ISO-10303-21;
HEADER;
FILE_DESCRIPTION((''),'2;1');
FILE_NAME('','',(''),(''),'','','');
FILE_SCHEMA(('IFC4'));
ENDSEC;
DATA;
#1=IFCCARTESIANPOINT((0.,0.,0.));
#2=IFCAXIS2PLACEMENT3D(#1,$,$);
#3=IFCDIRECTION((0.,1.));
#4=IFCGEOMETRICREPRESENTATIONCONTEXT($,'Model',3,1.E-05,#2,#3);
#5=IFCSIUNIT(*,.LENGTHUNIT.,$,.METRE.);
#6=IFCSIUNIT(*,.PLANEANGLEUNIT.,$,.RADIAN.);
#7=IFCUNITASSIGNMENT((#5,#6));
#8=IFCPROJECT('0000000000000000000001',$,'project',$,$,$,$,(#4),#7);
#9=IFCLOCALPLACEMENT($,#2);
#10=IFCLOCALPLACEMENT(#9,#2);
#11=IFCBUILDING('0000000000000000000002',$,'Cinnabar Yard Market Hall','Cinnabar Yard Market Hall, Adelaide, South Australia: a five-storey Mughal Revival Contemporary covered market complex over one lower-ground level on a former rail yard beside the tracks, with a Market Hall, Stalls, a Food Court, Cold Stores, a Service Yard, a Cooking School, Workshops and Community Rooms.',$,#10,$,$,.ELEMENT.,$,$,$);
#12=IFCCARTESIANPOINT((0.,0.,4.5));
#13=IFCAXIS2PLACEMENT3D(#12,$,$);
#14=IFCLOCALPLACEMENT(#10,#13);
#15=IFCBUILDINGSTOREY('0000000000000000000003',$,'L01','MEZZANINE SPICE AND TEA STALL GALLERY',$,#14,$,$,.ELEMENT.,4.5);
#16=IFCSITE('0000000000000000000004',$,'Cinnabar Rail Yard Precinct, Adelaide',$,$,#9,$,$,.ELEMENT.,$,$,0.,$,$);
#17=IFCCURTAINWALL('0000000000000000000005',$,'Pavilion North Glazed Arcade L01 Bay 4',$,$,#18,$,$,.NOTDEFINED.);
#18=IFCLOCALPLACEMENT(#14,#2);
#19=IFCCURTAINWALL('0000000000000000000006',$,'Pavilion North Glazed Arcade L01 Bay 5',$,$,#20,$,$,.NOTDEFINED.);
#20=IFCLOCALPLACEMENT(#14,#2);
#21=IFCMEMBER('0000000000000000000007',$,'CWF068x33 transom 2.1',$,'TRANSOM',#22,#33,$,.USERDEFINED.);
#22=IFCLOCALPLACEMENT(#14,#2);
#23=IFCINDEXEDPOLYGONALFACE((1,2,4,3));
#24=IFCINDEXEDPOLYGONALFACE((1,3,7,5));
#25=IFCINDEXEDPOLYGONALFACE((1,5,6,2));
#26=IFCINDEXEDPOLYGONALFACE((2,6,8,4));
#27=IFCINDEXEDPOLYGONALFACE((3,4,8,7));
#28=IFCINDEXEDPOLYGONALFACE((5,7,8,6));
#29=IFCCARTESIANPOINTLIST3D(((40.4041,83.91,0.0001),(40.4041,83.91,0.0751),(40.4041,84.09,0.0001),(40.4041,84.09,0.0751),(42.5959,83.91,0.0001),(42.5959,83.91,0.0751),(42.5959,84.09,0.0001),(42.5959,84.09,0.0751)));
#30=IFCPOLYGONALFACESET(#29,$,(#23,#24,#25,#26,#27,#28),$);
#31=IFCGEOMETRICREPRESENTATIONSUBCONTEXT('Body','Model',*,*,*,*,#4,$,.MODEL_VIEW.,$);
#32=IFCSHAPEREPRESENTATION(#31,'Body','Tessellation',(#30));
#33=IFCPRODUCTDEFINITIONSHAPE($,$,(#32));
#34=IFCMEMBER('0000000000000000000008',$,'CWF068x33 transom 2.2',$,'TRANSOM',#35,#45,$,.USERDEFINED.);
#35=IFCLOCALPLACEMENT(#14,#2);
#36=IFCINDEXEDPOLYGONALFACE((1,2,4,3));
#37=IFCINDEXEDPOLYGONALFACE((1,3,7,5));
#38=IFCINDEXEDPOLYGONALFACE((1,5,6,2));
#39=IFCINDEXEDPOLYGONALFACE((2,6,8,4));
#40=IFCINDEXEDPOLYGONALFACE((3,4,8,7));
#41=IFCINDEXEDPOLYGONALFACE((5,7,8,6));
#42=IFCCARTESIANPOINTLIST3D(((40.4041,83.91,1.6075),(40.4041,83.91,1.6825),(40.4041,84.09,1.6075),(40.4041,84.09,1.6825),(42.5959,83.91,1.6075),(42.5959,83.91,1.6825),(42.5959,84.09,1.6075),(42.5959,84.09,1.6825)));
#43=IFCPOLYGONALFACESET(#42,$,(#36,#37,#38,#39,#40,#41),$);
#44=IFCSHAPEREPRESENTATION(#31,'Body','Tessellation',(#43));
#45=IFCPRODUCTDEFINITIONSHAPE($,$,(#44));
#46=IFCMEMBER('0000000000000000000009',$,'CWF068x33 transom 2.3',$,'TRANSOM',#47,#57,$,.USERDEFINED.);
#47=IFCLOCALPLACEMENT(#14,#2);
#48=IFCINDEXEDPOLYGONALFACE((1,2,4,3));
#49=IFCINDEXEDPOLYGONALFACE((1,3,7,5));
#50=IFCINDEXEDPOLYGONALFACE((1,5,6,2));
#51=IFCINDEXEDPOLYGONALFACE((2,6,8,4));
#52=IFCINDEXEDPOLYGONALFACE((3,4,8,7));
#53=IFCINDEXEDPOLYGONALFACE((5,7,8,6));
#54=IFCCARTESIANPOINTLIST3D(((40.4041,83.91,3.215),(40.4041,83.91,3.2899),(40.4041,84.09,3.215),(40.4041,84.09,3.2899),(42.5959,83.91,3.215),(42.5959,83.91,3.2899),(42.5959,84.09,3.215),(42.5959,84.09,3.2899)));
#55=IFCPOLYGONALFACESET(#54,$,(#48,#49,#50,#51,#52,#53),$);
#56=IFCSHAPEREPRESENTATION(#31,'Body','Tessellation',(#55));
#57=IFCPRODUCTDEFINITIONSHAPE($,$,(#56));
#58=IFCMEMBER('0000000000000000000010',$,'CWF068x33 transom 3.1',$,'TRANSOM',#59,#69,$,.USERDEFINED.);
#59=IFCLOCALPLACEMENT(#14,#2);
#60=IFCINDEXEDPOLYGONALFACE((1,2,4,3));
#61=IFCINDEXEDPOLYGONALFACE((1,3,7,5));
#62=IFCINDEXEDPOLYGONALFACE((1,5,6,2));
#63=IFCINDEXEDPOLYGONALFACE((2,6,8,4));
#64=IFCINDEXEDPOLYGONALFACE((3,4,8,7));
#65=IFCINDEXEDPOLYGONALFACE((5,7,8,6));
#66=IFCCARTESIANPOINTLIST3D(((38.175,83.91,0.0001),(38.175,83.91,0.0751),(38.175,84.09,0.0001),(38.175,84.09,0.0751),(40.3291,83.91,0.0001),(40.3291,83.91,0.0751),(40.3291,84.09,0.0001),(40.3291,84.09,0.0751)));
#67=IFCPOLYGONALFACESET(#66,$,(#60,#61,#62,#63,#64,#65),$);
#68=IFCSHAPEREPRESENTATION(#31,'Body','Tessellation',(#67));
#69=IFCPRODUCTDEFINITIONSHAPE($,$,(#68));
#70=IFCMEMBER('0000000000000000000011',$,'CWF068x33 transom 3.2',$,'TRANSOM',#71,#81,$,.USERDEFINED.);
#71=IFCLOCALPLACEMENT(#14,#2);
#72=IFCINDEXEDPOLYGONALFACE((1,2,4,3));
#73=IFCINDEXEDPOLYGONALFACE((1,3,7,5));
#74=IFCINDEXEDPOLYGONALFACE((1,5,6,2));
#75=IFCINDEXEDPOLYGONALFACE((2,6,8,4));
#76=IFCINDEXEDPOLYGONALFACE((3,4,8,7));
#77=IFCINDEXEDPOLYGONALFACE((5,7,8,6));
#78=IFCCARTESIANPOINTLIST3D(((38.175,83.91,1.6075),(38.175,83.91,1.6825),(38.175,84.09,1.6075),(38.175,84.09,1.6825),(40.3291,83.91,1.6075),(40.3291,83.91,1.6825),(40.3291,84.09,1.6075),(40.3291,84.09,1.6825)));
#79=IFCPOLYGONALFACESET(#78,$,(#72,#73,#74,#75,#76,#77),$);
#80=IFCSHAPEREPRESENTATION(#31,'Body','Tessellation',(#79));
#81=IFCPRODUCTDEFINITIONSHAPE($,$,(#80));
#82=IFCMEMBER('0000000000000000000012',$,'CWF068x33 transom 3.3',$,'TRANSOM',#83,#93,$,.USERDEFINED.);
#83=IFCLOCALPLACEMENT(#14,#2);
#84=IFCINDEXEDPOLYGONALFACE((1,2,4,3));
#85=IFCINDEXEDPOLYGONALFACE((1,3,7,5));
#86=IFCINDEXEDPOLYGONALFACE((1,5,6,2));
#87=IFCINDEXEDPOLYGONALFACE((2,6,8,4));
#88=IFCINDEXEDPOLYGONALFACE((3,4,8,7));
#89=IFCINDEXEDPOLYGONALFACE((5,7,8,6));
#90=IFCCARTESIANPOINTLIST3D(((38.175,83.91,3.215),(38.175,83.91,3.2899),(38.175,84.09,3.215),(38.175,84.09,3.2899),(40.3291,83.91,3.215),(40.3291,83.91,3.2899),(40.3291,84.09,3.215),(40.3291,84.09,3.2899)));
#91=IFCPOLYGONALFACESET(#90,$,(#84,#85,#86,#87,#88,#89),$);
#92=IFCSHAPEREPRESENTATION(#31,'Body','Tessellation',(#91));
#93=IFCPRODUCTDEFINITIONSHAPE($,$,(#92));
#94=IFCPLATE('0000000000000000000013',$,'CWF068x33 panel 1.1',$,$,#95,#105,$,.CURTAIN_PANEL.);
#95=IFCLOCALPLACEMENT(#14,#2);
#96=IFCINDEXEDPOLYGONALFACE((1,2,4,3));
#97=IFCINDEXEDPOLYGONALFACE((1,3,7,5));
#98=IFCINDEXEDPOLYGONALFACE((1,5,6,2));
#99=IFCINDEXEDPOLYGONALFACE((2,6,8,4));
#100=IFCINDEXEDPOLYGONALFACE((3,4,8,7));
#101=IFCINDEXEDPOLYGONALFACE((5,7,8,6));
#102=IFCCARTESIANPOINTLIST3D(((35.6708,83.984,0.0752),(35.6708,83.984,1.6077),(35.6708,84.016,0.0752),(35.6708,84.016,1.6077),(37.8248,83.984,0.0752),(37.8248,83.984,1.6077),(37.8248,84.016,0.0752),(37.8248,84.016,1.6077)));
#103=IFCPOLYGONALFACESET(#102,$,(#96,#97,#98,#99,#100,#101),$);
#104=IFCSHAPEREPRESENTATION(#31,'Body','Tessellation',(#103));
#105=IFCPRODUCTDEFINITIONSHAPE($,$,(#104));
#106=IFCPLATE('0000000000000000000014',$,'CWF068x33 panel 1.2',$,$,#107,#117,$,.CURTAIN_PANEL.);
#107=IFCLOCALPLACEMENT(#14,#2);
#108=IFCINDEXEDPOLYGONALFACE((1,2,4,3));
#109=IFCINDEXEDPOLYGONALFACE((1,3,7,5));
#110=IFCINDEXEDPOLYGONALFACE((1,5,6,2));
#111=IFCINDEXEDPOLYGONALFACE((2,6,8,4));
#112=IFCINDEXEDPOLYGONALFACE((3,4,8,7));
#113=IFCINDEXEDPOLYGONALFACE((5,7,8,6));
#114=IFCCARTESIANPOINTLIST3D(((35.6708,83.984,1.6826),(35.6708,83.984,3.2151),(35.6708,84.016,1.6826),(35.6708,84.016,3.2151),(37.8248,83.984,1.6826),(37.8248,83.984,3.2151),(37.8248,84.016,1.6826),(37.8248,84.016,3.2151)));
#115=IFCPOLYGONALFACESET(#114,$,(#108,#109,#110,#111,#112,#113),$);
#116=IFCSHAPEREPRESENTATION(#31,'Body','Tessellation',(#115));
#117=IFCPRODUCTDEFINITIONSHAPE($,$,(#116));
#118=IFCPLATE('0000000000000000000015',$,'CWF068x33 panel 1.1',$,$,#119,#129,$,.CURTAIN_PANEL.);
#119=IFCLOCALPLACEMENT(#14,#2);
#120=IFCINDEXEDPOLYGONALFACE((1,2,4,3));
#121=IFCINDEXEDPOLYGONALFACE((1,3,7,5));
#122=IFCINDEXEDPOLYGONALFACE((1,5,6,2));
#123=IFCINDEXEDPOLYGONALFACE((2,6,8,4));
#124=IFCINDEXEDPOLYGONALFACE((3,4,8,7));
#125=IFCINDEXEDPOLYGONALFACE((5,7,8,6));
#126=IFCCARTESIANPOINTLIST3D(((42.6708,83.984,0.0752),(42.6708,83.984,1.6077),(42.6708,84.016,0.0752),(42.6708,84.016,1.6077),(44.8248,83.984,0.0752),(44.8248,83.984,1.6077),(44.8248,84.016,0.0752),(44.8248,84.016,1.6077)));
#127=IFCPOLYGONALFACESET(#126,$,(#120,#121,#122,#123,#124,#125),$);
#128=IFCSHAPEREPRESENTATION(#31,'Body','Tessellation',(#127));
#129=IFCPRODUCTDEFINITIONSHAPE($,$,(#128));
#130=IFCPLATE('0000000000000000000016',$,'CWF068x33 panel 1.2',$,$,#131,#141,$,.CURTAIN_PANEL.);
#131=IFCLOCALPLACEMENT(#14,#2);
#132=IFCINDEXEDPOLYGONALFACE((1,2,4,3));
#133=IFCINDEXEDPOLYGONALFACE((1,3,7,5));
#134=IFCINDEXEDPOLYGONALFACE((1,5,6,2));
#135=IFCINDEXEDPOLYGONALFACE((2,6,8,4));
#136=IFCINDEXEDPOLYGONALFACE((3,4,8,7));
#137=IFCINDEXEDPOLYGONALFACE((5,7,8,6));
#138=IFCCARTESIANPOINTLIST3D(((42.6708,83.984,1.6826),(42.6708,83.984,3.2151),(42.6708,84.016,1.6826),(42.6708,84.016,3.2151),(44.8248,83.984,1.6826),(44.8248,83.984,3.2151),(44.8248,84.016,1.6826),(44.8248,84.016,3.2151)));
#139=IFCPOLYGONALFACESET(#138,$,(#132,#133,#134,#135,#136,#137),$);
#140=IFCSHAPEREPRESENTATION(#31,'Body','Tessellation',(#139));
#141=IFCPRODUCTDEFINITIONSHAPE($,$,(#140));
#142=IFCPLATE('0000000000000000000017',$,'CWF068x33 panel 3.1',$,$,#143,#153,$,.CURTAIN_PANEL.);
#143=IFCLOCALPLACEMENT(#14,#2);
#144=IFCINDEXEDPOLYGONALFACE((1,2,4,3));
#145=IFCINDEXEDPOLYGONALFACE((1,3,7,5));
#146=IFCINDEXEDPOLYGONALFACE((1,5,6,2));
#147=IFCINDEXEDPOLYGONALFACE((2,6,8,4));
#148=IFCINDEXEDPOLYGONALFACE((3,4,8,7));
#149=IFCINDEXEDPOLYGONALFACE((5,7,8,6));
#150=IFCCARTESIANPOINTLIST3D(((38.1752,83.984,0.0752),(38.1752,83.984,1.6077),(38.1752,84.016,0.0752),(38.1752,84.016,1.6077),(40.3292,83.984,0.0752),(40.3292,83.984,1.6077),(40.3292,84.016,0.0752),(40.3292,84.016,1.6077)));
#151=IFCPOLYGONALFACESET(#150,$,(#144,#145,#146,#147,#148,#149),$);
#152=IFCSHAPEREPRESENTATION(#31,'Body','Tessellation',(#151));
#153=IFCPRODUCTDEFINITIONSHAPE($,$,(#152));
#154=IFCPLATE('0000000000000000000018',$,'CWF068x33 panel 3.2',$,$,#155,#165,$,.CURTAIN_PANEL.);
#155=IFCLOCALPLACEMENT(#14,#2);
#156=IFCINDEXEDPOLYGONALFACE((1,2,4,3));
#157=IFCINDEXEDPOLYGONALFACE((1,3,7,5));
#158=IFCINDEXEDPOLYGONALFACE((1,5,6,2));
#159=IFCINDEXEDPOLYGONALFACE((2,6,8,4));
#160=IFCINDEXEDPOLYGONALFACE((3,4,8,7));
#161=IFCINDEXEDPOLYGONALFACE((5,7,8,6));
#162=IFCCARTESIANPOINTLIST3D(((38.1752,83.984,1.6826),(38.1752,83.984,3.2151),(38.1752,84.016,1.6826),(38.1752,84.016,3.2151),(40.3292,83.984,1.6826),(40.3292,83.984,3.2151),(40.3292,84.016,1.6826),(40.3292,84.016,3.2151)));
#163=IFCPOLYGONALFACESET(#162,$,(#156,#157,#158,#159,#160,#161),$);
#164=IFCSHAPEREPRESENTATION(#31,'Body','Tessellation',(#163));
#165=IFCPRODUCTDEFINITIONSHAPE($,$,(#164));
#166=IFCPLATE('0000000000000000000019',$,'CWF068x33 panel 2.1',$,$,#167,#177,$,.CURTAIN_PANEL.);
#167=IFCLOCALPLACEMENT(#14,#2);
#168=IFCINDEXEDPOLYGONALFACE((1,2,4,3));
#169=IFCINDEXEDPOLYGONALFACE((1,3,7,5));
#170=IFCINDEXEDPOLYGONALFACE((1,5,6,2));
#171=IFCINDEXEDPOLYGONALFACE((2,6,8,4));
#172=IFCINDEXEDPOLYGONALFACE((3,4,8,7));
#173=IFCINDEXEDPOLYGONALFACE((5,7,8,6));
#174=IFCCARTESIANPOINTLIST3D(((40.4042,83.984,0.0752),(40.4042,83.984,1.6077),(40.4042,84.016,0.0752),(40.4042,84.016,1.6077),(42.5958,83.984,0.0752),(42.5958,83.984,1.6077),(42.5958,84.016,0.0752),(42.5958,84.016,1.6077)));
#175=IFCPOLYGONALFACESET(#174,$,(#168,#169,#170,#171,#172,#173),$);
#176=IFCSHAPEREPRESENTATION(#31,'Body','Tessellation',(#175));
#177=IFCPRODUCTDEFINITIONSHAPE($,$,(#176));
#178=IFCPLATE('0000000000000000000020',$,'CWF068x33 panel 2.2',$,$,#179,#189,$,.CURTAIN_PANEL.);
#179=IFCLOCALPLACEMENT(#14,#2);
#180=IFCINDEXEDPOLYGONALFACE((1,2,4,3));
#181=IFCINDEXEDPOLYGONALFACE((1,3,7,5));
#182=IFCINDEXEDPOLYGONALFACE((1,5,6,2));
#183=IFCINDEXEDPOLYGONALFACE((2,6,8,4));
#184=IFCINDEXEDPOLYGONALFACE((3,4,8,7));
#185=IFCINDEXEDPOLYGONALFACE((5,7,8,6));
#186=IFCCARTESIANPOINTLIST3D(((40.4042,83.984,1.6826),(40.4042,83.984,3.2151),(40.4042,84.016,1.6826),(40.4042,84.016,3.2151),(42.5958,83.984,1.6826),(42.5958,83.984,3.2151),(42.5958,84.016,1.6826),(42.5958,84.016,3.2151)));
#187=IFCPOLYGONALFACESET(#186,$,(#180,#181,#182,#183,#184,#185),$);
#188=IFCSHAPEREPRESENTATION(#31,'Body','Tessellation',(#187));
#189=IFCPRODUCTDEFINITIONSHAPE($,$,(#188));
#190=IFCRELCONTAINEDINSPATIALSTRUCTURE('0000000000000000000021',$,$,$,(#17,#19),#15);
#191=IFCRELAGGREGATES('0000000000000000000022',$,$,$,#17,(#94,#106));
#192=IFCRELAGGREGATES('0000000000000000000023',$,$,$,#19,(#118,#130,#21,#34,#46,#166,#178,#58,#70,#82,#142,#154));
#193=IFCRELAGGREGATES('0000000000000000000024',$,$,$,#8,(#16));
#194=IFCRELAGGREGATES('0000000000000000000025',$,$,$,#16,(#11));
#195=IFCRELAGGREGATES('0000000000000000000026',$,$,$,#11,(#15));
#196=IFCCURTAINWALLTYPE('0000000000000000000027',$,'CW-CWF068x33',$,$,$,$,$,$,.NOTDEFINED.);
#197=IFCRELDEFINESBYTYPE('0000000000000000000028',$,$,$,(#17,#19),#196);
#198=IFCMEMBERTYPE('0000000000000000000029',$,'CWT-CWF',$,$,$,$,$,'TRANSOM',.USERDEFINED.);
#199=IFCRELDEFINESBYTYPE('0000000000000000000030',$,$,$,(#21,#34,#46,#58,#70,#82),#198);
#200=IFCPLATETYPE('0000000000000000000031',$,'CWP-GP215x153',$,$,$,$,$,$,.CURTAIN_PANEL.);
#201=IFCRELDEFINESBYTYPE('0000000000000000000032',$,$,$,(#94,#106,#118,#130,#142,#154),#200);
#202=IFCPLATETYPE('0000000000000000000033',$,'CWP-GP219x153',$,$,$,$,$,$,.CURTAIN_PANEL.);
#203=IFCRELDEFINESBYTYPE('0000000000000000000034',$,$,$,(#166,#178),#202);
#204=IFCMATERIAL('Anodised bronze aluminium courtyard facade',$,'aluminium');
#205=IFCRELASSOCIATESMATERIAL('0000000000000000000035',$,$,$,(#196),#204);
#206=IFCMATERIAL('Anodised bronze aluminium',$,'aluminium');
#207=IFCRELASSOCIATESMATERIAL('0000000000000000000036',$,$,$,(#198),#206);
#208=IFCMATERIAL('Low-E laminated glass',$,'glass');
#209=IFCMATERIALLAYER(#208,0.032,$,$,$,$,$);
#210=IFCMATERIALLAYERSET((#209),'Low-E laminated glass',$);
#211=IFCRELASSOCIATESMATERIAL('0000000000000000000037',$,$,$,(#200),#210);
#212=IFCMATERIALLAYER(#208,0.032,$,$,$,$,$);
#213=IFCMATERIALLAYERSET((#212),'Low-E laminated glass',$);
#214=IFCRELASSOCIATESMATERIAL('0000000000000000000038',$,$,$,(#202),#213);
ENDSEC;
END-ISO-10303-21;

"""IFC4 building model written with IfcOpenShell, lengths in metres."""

from ifc_helpers import new_model, si_unit, direction, frame, origin, origin_2d_with_axis, place, context, subcontext, project, spatial, rectangle, extrude, material, layer, layer_set, material_profile, profile_set, type_object, element, aggregate, save


model = new_model("IFC4")

# Units and contexts
model_context = context("Model", 3, precision=1e-05, world=origin(), true_north=direction((0.0, 1.0)))
body_context = subcontext(model_context, "Body", "Model", "MODEL_VIEW")
ifc_project = project(units=[si_unit("LENGTHUNIT", "METRE"), si_unit("PLANEANGLEUNIT", "RADIAN")], contexts=[model_context])

# Site, building, storey
site_placement = place(None, origin())
site = spatial("IfcSite", under=ifc_project, at=site_placement, Name="Cinnabar Rail Yard Precinct, Adelaide", CompositionType="ELEMENT", RefElevation=0.0)
building_placement = place(site_placement, origin())
building = spatial("IfcBuilding", under=site, at=building_placement, Name="Cinnabar Yard Market Hall", Description="Cinnabar Yard Market Hall, Adelaide, South Australia: a five-storey Mughal Revival Contemporary covered market complex over one lower-ground level on a former rail yard beside the tracks, with a Market Hall, Stalls, a Food Court, Cold Stores, a Service Yard, a Cooking School, Workshops and Community Rooms.", CompositionType="ELEMENT")
storey_placement = place(building_placement, frame((0.0, 0.0, 4.5)))
storey = spatial("IfcBuildingStorey", under=building, at=storey_placement, Name="L01", Description="MEZZANINE SPICE AND TEA STALL GALLERY", CompositionType="ELEMENT", Elevation=4.5)

# Curtain walls
ifc_material_1 = material(Name="Anodised bronze aluminium courtyard facade", Category="aluminium")
curtain_wall_type = type_object("IfcCurtainWallType", Name="CW-CWF068x33", PredefinedType="NOTDEFINED", material=ifc_material_1)
curtain_wall_1_placement = place(storey_placement, origin())
curtain_wall_1 = element("IfcCurtainWall", 1, at=curtain_wall_1_placement, inside=storey, type_object=curtain_wall_type, Name="Pavilion North Glazed Arcade L01 Bay 4", PredefinedType="NOTDEFINED")
ifc_material_2 = material(Name="Anodised bronze aluminium", Category="aluminium")
curtain_wall_2_placement = place(storey_placement, origin())
curtain_wall_2 = element("IfcCurtainWall", 2, at=curtain_wall_2_placement, inside=storey, type_object=curtain_wall_type, Name="Pavilion North Glazed Arcade L01 Bay 5", PredefinedType="NOTDEFINED")

# Members
ifc_material_profile_1 = material_profile(ifc_material_2, rectangle(XDim=0.1799, YDim=0.075, at=origin_2d_with_axis()), Name="TRN-CWF")
ifc_profile_set_1 = profile_set([ifc_material_profile_1], Name="Anodised bronze aluminium")
member_type_1 = type_object("IfcMemberType", Name="CWT-CWF", ElementType="TRANSOM", PredefinedType="USERDEFINED", material=ifc_profile_set_1)
member_1_placement = place(storey_placement, frame((42.5959, 84.0, 0.0376), z_axis=(-1.0, 0.0, 0.0), x_axis=(0.0, -1.0, 0.0)))
member_1 = element("IfcMember", 3, at=member_1_placement, type_object=member_type_1, Name="CWF068x33 transom 2.1", ObjectType="TRANSOM", PredefinedType="USERDEFINED", context=body_context, shape_type="SweptSolid", body=[
    extrude(rectangle(XDim=0.1799, YDim=0.075, at=origin_2d_with_axis()), origin(), (0.0, 0.0, 1.0), 2.1919),
])
member_2_placement = place(storey_placement, frame((42.5959, 84.0, 1.645), z_axis=(-1.0, 0.0, 0.0), x_axis=(0.0, -1.0, 0.0)))
member_2 = element("IfcMember", 4, at=member_2_placement, type_object=member_type_1, Name="CWF068x33 transom 2.2", ObjectType="TRANSOM", PredefinedType="USERDEFINED", context=body_context, shape_type="SweptSolid", body=[
    extrude(rectangle(XDim=0.1799, YDim=0.075, at=origin_2d_with_axis()), origin(), (0.0, 0.0, 1.0), 2.1919),
])
member_3_placement = place(storey_placement, frame((42.5959, 84.0, 3.2524), z_axis=(-1.0, 0.0, 0.0), x_axis=(0.0, -1.0, 0.0)))
member_3 = element("IfcMember", 5, at=member_3_placement, type_object=member_type_1, Name="CWF068x33 transom 2.3", ObjectType="TRANSOM", PredefinedType="USERDEFINED", context=body_context, shape_type="SweptSolid", body=[
    extrude(rectangle(XDim=0.1799, YDim=0.075, at=origin_2d_with_axis()), origin(), (0.0, 0.0, 1.0), 2.1919),
])
member_4_placement = place(storey_placement, frame((40.3291, 84.0, 0.0376), z_axis=(-1.0, 0.0, 0.0), x_axis=(0.0, -1.0, 0.0)))
member_4 = element("IfcMember", 6, at=member_4_placement, type_object=member_type_1, Name="CWF068x33 transom 3.1", ObjectType="TRANSOM", PredefinedType="USERDEFINED", context=body_context, shape_type="SweptSolid", body=[
    extrude(rectangle(XDim=0.1799, YDim=0.075, at=origin_2d_with_axis()), origin(), (0.0, 0.0, 1.0), 2.1541),
])
member_5_placement = place(storey_placement, frame((40.3291, 84.0, 1.645), z_axis=(-1.0, 0.0, 0.0), x_axis=(0.0, -1.0, 0.0)))
member_5 = element("IfcMember", 7, at=member_5_placement, type_object=member_type_1, Name="CWF068x33 transom 3.2", ObjectType="TRANSOM", PredefinedType="USERDEFINED", context=body_context, shape_type="SweptSolid", body=[
    extrude(rectangle(XDim=0.1799, YDim=0.075, at=origin_2d_with_axis()), origin(), (0.0, 0.0, 1.0), 2.1541),
])
member_6_placement = place(storey_placement, frame((40.3291, 84.0, 3.2524), z_axis=(-1.0, 0.0, 0.0), x_axis=(0.0, -1.0, 0.0)))
member_6 = element("IfcMember", 8, at=member_6_placement, type_object=member_type_1, Name="CWF068x33 transom 3.3", ObjectType="TRANSOM", PredefinedType="USERDEFINED", context=body_context, shape_type="SweptSolid", body=[
    extrude(rectangle(XDim=0.1799, YDim=0.075, at=origin_2d_with_axis()), origin(), (0.0, 0.0, 1.0), 2.1541),
])

# Plates
ifc_material_3 = material(Name="Low-E laminated glass", Category="glass")
ifc_layer_1 = layer(ifc_material_3, 0.032)
ifc_layer_set_1 = layer_set([ifc_layer_1], Name="Low-E laminated glass")
plate_type_1 = type_object("IfcPlateType", Name="CWP-GP215x153", PredefinedType="CURTAIN_PANEL", material=ifc_layer_set_1)
plate_1_placement = place(storey_placement, frame((36.7478, 84.0, 0.0752), z_axis=(0.0, 0.0, 1.0), x_axis=(-1.0, 0.0, 0.0)))
plate_1 = element("IfcPlate", 9, at=plate_1_placement, type_object=plate_type_1, Name="CWF068x33 panel 1.1", PredefinedType="CURTAIN_PANEL", context=body_context, shape_type="SweptSolid", body=[
    extrude(rectangle(XDim=2.1541, YDim=0.032, at=origin_2d_with_axis()), origin(), (0.0, 0.0, 1.0), 1.5325),
])
plate_2_placement = place(storey_placement, frame((36.7478, 84.0, 1.6826), z_axis=(0.0, 0.0, 1.0), x_axis=(-1.0, 0.0, 0.0)))
plate_2 = element("IfcPlate", 10, at=plate_2_placement, type_object=plate_type_1, Name="CWF068x33 panel 1.2", PredefinedType="CURTAIN_PANEL", context=body_context, shape_type="SweptSolid", body=[
    extrude(rectangle(XDim=2.1541, YDim=0.032, at=origin_2d_with_axis()), origin(), (0.0, 0.0, 1.0), 1.5325),
])
aggregate(curtain_wall_1, [plate_1, plate_2])
plate_3_placement = place(storey_placement, frame((43.7478, 84.0, 0.0752), z_axis=(0.0, 0.0, 1.0), x_axis=(-1.0, 0.0, 0.0)))
plate_3 = element("IfcPlate", 11, at=plate_3_placement, type_object=plate_type_1, Name="CWF068x33 panel 1.1", PredefinedType="CURTAIN_PANEL", context=body_context, shape_type="SweptSolid", body=[
    extrude(rectangle(XDim=2.1541, YDim=0.032, at=origin_2d_with_axis()), origin(), (0.0, 0.0, 1.0), 1.5325),
])
plate_4_placement = place(storey_placement, frame((43.7478, 84.0, 1.6826), z_axis=(0.0, 0.0, 1.0), x_axis=(-1.0, 0.0, 0.0)))
plate_4 = element("IfcPlate", 12, at=plate_4_placement, type_object=plate_type_1, Name="CWF068x33 panel 1.2", PredefinedType="CURTAIN_PANEL", context=body_context, shape_type="SweptSolid", body=[
    extrude(rectangle(XDim=2.1541, YDim=0.032, at=origin_2d_with_axis()), origin(), (0.0, 0.0, 1.0), 1.5325),
])
plate_5_placement = place(storey_placement, frame((39.2522, 84.0, 0.0752), z_axis=(0.0, 0.0, 1.0), x_axis=(-1.0, 0.0, 0.0)))
plate_5 = element("IfcPlate", 13, at=plate_5_placement, type_object=plate_type_1, Name="CWF068x33 panel 3.1", PredefinedType="CURTAIN_PANEL", context=body_context, shape_type="SweptSolid", body=[
    extrude(rectangle(XDim=2.1541, YDim=0.032, at=origin_2d_with_axis()), origin(), (0.0, 0.0, 1.0), 1.5325),
])
plate_6_placement = place(storey_placement, frame((39.2522, 84.0, 1.6826), z_axis=(0.0, 0.0, 1.0), x_axis=(-1.0, 0.0, 0.0)))
plate_6 = element("IfcPlate", 14, at=plate_6_placement, type_object=plate_type_1, Name="CWF068x33 panel 3.2", PredefinedType="CURTAIN_PANEL", context=body_context, shape_type="SweptSolid", body=[
    extrude(rectangle(XDim=2.1541, YDim=0.032, at=origin_2d_with_axis()), origin(), (0.0, 0.0, 1.0), 1.5325),
])
ifc_layer_2 = layer(ifc_material_3, 0.032)
ifc_layer_set_2 = layer_set([ifc_layer_2], Name="Low-E laminated glass")
plate_type_2 = type_object("IfcPlateType", Name="CWP-GP219x153", PredefinedType="CURTAIN_PANEL", material=ifc_layer_set_2)
plate_7_placement = place(storey_placement, frame((41.5, 84.0, 0.0752), z_axis=(0.0, 0.0, 1.0), x_axis=(-1.0, 0.0, 0.0)))
plate_7 = element("IfcPlate", 15, at=plate_7_placement, type_object=plate_type_2, Name="CWF068x33 panel 2.1", PredefinedType="CURTAIN_PANEL", context=body_context, shape_type="SweptSolid", body=[
    extrude(rectangle(XDim=2.1917, YDim=0.032, at=origin_2d_with_axis()), origin(), (0.0, 0.0, 1.0), 1.5325),
])
plate_8_placement = place(storey_placement, frame((41.5, 84.0, 1.6826), z_axis=(0.0, 0.0, 1.0), x_axis=(-1.0, 0.0, 0.0)))
plate_8 = element("IfcPlate", 16, at=plate_8_placement, type_object=plate_type_2, Name="CWF068x33 panel 2.2", PredefinedType="CURTAIN_PANEL", context=body_context, shape_type="SweptSolid", body=[
    extrude(rectangle(XDim=2.1917, YDim=0.032, at=origin_2d_with_axis()), origin(), (0.0, 0.0, 1.0), 1.5325),
])
aggregate(curtain_wall_2, [plate_3, plate_4, member_1, member_2, member_3, plate_7, plate_8, member_4, member_5, member_6, plate_5, plate_6])

save(model, "model.ifc")
